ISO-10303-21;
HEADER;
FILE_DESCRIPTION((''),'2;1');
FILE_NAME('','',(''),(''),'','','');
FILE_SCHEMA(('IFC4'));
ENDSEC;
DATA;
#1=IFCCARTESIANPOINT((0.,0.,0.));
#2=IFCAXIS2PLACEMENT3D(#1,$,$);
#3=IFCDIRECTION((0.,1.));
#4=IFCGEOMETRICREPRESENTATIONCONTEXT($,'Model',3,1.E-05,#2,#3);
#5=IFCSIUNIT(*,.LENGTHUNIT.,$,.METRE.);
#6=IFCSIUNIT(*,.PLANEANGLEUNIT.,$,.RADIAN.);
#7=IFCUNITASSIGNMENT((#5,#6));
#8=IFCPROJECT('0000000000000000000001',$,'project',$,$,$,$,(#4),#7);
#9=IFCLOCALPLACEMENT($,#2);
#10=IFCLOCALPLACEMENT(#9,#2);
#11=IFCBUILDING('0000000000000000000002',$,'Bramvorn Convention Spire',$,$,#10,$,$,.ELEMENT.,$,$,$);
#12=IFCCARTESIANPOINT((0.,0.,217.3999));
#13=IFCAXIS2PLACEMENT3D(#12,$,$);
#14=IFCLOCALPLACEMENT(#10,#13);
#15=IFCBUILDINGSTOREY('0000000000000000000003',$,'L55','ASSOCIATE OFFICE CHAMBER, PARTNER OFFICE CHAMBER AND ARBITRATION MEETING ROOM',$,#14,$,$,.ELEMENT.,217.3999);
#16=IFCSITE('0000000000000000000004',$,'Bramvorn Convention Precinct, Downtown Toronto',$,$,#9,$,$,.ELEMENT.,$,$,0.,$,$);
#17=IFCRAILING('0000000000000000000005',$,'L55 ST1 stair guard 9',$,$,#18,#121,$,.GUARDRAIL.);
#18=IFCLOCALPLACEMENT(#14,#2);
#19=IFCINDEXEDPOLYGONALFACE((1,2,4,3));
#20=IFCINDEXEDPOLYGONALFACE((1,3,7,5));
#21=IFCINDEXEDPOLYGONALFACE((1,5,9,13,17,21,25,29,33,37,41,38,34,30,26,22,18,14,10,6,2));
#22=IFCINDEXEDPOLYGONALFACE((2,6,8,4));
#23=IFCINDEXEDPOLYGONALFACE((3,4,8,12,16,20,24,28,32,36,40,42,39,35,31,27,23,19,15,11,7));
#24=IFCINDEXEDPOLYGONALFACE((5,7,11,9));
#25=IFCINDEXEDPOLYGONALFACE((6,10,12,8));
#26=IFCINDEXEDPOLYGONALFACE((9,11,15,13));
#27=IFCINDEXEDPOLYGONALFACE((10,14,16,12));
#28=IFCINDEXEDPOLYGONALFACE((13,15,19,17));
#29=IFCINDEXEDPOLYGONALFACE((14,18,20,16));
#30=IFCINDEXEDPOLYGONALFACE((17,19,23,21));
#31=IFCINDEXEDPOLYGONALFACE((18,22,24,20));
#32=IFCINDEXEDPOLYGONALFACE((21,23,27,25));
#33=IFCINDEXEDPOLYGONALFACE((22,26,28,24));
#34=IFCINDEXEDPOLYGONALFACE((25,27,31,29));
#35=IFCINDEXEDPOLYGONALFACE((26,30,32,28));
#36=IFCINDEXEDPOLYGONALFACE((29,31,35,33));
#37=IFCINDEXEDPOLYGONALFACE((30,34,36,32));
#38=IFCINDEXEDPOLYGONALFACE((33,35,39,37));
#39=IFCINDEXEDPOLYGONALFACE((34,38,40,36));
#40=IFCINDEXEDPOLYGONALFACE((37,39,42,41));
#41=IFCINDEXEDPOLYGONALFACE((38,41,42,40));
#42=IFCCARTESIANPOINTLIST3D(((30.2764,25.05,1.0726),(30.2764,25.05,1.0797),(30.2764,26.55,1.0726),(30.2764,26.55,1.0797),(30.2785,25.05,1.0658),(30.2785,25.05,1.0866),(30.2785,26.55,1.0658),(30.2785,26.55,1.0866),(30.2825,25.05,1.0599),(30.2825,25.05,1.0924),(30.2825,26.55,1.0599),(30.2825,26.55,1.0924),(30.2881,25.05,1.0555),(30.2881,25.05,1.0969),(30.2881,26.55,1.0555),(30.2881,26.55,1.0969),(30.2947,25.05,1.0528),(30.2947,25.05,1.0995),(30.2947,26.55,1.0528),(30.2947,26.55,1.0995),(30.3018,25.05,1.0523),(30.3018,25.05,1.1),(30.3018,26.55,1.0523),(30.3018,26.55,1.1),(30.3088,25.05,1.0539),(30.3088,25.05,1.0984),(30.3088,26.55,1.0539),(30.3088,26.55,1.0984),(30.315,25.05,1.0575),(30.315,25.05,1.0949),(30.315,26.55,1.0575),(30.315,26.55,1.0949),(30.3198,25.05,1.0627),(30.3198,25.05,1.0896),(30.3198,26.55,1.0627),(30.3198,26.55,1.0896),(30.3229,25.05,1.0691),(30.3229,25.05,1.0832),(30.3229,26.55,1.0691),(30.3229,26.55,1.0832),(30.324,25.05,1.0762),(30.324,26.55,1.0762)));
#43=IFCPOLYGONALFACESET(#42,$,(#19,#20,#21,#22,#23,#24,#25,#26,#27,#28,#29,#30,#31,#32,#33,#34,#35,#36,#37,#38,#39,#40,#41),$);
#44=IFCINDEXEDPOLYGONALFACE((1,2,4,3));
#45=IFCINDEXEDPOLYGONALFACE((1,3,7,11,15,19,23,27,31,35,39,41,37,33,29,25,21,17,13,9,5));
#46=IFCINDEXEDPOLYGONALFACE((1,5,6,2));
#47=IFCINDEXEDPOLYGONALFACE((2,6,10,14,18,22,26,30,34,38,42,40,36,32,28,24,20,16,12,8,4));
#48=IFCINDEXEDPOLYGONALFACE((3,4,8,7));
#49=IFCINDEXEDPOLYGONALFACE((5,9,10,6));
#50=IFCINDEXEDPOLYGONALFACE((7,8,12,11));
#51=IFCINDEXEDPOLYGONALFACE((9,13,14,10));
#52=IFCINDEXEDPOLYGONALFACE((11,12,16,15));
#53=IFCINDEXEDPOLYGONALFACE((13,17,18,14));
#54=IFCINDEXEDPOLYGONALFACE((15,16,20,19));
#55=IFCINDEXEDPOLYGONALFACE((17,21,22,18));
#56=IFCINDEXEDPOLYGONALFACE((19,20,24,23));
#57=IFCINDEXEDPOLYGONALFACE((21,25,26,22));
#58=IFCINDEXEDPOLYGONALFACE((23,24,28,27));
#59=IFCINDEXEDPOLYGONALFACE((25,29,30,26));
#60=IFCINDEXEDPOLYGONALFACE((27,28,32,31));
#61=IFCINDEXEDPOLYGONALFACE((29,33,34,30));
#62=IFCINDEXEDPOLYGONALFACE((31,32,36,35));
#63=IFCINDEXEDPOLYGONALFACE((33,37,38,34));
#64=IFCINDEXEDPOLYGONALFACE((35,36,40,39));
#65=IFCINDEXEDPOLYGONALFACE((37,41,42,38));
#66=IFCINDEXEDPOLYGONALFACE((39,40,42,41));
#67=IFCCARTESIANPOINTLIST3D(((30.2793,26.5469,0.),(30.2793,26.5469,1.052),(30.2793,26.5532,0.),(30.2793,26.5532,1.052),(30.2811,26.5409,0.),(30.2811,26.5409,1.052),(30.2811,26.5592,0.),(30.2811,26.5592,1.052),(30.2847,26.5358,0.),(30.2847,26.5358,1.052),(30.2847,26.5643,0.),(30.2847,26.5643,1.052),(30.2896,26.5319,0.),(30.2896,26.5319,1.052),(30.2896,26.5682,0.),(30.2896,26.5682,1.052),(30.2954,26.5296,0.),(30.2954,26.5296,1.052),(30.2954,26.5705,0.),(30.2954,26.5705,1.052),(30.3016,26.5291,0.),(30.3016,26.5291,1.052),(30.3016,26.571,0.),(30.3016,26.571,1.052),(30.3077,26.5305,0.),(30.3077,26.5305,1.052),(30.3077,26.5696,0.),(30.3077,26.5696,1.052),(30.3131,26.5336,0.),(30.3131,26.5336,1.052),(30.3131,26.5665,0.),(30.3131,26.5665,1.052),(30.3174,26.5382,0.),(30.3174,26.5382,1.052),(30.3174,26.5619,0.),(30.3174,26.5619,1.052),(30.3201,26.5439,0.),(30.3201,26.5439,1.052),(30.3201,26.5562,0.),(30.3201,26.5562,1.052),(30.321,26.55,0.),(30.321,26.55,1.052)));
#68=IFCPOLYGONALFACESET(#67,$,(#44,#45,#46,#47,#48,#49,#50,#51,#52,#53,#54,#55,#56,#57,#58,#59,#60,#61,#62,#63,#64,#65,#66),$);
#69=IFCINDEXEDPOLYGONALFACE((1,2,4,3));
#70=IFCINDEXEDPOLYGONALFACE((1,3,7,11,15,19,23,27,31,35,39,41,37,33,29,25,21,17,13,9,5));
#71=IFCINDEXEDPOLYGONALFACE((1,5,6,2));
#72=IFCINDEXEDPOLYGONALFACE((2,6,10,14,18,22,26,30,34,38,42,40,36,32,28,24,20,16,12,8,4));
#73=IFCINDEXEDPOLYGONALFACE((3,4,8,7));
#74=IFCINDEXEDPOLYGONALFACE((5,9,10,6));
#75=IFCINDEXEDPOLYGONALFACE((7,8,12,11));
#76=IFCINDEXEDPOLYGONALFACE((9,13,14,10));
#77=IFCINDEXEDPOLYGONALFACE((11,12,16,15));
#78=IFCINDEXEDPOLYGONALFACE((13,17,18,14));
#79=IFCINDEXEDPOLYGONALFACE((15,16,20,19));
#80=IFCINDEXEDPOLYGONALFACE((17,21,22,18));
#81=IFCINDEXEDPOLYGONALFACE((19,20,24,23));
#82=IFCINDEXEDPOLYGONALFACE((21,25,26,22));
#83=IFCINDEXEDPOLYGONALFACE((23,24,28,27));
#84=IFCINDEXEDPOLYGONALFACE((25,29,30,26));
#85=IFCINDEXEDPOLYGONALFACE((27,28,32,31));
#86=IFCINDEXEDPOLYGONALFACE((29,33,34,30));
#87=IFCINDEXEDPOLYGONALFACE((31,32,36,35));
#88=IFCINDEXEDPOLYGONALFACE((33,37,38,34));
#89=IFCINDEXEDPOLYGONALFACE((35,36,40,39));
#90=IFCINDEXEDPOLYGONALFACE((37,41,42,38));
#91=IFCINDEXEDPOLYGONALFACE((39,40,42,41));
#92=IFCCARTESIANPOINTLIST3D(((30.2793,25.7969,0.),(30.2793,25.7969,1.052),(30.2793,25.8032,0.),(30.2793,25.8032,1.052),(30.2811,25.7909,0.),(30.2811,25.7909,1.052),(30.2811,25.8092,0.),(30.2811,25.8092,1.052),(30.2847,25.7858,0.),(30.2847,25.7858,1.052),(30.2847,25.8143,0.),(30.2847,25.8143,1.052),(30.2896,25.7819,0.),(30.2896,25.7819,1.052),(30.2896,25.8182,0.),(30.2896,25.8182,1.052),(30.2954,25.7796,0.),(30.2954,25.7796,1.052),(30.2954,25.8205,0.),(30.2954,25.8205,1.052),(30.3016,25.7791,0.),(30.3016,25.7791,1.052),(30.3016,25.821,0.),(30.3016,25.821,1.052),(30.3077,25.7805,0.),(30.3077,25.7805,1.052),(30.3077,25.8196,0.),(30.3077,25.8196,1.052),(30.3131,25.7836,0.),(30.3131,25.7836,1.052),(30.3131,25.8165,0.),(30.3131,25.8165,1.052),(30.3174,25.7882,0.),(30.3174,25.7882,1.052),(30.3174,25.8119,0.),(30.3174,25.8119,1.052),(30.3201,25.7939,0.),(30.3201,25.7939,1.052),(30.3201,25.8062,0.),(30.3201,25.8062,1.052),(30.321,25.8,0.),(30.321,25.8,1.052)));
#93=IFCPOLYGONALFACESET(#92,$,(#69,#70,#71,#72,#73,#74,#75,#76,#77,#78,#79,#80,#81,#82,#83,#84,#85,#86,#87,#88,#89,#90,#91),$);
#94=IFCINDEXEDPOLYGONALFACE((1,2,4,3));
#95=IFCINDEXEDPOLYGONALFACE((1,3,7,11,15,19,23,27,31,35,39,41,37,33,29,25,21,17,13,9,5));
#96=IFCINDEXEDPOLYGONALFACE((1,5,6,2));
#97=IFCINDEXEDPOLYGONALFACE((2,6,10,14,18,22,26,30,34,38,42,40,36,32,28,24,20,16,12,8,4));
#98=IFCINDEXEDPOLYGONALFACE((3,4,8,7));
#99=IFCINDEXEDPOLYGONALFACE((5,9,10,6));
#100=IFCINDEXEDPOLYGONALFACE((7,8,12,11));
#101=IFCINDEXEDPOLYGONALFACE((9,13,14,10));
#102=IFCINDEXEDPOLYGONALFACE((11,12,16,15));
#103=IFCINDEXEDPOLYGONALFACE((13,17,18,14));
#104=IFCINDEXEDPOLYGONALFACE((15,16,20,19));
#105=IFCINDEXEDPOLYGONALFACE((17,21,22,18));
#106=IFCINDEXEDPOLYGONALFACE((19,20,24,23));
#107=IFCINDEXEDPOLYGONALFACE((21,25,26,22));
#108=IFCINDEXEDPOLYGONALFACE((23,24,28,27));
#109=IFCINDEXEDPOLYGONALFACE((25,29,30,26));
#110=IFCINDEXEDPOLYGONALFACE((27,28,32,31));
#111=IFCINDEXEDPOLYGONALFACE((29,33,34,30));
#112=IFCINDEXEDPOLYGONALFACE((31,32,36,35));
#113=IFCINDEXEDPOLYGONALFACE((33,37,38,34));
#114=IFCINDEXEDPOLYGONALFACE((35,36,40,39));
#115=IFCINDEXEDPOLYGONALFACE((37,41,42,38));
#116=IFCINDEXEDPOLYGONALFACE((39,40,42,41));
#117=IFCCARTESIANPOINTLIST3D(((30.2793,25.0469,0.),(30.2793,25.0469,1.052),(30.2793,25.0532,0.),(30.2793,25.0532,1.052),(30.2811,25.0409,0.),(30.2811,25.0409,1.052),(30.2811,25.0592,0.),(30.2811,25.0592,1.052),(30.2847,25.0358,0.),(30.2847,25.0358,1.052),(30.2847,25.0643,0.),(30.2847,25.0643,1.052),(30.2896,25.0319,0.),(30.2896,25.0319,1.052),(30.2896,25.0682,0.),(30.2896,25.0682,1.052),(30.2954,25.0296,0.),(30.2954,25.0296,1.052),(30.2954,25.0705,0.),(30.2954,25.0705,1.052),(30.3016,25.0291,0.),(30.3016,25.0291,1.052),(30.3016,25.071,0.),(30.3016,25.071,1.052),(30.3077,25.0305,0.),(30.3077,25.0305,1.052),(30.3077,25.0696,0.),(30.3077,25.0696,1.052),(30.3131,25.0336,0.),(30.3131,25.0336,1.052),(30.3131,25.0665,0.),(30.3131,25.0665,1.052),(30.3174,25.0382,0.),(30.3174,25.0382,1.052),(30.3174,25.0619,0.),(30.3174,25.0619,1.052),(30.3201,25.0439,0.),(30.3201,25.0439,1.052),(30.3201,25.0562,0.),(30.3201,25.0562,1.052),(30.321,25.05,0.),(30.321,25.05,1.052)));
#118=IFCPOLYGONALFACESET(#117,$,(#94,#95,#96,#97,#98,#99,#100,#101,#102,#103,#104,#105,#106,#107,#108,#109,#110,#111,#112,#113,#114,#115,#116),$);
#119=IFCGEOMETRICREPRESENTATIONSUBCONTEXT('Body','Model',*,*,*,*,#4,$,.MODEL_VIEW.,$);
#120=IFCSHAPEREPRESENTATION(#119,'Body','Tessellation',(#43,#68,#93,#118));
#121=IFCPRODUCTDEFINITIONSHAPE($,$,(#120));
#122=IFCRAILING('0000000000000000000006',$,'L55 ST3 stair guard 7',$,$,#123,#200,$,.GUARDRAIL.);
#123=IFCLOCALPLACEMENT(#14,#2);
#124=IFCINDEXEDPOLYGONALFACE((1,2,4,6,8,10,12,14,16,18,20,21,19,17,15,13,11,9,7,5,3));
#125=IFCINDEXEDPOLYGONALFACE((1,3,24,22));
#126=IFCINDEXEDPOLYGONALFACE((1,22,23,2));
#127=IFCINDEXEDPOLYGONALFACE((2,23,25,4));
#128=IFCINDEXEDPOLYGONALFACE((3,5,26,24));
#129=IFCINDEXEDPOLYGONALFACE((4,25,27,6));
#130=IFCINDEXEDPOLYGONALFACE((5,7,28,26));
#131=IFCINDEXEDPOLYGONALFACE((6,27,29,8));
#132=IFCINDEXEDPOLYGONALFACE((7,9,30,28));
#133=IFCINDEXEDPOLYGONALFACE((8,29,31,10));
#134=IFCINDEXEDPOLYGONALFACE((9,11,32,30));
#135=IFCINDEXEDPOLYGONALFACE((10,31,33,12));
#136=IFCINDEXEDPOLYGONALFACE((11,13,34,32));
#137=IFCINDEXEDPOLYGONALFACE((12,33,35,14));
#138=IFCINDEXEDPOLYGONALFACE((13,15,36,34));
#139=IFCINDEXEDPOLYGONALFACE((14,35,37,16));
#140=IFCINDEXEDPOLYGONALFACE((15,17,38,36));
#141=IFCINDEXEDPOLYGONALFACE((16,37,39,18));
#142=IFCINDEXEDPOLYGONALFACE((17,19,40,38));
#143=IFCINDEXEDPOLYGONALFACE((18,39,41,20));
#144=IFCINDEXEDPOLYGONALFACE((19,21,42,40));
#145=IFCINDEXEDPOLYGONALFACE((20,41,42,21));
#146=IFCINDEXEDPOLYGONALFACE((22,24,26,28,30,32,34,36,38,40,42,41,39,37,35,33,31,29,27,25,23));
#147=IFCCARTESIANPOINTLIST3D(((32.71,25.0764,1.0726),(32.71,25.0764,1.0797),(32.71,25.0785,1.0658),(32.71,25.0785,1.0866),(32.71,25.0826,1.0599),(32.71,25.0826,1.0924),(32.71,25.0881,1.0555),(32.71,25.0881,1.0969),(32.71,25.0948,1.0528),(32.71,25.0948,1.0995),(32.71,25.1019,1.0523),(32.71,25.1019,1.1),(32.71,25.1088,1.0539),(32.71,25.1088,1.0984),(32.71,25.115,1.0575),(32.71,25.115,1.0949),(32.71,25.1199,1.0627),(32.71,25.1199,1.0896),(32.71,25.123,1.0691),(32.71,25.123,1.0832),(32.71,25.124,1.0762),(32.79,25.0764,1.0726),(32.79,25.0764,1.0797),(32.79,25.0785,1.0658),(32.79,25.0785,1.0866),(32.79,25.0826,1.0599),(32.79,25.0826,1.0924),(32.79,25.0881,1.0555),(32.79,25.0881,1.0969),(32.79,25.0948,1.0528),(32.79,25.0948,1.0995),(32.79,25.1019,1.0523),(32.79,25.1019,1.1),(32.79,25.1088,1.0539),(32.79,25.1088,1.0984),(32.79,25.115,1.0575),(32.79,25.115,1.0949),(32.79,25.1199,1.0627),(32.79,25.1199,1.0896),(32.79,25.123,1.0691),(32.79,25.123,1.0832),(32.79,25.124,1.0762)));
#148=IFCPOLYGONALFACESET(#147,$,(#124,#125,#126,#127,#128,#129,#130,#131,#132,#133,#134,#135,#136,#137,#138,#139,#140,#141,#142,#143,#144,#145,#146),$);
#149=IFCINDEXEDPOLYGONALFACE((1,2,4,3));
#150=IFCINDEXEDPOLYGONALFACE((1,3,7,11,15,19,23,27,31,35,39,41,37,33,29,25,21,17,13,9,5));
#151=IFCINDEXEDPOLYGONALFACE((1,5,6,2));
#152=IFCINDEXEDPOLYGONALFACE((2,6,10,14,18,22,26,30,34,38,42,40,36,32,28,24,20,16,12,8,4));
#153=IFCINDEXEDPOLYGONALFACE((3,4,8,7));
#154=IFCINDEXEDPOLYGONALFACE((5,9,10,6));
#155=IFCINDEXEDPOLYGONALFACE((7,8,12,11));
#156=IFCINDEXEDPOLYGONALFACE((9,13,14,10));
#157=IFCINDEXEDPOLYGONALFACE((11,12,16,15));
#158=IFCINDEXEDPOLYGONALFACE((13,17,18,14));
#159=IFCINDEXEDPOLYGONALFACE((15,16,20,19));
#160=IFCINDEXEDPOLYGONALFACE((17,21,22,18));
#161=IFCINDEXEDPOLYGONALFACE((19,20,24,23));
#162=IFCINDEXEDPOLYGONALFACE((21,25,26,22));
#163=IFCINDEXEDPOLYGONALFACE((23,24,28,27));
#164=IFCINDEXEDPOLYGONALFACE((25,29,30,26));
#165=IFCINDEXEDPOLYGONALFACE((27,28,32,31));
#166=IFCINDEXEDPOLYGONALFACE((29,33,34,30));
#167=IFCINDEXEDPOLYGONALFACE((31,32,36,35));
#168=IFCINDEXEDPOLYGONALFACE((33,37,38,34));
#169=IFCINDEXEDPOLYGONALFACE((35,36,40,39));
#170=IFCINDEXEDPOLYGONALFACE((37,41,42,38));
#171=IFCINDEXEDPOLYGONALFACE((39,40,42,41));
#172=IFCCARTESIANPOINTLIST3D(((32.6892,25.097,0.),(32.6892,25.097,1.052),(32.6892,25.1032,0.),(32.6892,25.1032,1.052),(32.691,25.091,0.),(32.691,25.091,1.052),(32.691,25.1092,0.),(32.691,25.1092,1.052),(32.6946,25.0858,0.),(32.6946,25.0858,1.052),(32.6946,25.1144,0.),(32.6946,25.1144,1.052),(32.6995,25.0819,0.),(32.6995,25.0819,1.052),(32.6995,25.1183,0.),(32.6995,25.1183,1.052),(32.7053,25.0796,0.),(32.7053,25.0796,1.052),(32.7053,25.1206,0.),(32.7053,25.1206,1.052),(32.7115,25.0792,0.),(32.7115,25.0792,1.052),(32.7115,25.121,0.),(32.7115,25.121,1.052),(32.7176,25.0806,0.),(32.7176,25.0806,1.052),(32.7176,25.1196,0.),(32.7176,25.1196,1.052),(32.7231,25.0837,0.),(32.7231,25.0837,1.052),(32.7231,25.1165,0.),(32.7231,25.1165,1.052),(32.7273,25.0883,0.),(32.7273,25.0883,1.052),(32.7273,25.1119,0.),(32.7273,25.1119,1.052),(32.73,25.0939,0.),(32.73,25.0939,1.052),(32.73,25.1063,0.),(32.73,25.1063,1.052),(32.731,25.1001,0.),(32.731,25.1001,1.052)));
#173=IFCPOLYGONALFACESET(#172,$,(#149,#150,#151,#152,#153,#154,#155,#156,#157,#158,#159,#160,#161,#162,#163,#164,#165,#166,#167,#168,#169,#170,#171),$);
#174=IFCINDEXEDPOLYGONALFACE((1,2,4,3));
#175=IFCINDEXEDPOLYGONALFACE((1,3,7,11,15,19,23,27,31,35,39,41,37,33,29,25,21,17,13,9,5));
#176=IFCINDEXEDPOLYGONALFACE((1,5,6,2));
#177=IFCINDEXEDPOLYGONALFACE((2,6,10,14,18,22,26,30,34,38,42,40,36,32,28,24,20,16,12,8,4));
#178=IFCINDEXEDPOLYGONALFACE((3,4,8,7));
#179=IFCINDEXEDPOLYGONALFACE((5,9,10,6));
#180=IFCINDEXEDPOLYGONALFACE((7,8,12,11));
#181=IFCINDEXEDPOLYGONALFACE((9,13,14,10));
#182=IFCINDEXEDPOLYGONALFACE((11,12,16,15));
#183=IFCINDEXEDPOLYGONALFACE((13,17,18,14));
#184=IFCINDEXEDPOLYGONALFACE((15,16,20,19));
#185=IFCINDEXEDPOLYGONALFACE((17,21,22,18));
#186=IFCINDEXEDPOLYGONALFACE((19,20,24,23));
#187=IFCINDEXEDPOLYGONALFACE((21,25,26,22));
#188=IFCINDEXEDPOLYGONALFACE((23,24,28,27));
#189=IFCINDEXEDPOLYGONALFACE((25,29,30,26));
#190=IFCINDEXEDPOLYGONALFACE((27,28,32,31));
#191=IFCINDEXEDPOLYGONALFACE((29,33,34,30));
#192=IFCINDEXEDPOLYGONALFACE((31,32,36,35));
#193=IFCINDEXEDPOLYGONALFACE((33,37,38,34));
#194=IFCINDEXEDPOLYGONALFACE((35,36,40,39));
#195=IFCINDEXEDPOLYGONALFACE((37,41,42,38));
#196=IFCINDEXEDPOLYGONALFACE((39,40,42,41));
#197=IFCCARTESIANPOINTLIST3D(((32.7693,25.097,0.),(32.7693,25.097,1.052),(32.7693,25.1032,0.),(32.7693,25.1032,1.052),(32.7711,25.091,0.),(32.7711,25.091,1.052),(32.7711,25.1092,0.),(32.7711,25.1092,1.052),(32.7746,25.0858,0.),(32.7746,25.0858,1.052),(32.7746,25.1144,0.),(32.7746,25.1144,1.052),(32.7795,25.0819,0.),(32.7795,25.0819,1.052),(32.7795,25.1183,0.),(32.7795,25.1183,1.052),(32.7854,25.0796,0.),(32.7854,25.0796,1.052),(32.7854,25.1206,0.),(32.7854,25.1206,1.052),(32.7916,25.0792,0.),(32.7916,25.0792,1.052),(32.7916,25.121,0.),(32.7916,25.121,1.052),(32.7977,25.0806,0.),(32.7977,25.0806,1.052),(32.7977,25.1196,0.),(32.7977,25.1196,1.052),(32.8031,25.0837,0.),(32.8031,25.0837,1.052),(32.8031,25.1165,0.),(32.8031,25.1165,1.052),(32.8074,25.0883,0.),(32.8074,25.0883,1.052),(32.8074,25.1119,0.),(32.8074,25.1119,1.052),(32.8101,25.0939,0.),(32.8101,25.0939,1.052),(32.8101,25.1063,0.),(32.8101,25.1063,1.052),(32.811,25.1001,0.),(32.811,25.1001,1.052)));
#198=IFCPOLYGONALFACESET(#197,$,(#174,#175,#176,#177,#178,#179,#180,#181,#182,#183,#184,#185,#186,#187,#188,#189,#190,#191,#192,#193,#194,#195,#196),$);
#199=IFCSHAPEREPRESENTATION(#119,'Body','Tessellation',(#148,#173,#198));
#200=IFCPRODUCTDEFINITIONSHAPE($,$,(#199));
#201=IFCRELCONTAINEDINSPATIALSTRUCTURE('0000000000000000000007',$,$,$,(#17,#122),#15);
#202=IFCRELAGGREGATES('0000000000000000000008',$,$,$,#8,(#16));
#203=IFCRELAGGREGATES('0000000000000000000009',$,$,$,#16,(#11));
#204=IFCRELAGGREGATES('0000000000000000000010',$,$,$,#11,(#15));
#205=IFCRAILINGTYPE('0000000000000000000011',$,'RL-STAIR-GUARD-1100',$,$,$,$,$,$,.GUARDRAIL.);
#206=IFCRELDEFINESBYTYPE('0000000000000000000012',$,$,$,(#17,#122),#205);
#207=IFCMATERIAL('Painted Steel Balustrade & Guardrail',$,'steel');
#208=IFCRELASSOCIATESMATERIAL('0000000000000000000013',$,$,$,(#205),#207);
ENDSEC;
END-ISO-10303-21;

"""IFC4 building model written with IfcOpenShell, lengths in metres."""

from ifc_helpers import new_model, si_unit, direction, frame, origin, origin_2d, place, context, subcontext, project, spatial, circle, extrude, material, type_object, element, save


model = new_model("IFC4")

# Units and contexts
model_context = context("Model", 3, precision=1e-05, world=origin(), true_north=direction((0.0, 1.0)))
body_context = subcontext(model_context, "Body", "Model", "MODEL_VIEW")
ifc_project = project(units=[si_unit("LENGTHUNIT", "METRE"), si_unit("PLANEANGLEUNIT", "RADIAN")], contexts=[model_context])

# Site, building, storey
site_placement = place(None, origin())
site = spatial("IfcSite", under=ifc_project, at=site_placement, Name="Bramvorn Convention Precinct, Downtown Toronto", CompositionType="ELEMENT", RefElevation=0.0)
building_placement = place(site_placement, origin())
building = spatial("IfcBuilding", under=site, at=building_placement, Name="Bramvorn Convention Spire", CompositionType="ELEMENT")
storey_placement = place(building_placement, frame((0.0, 0.0, 217.3999)))
storey = spatial("IfcBuildingStorey", under=building, at=storey_placement, Name="L55", Description="ASSOCIATE OFFICE CHAMBER, PARTNER OFFICE CHAMBER AND ARBITRATION MEETING ROOM", CompositionType="ELEMENT", Elevation=217.3999)

# Railings
ifc_material_1 = material(Name="Painted Steel Balustrade & Guardrail", Category="steel")
railing_type = type_object("IfcRailingType", Name="RL-STAIR-GUARD-1100", PredefinedType="GUARDRAIL", material=ifc_material_1)
for number, where, name in (
    (1, (30.3, 26.55, 0.0), "L55 ST1 stair guard 9"),
):
    element("IfcRailing", number, at=place(storey_placement, frame(where)), inside=storey, type_object=railing_type, Name=name, PredefinedType="GUARDRAIL", context=body_context, shape_type="SweptSolid", body=[
        extrude(circle(Radius=0.0239, at=origin_2d()), frame((0.0, 0.0, 1.0762), z_axis=(0.0, -1.0, 0.0), x_axis=(1.0, 0.0, 0.0)), (0.0, 0.0, 1.0), 1.5),
        extrude(circle(Radius=0.021, at=origin_2d()), origin(), (0.0, 0.0, 1.0), 1.052),
        extrude(circle(Radius=0.021, at=origin_2d()), frame((0.0, -0.75, 0.0)), (0.0, 0.0, 1.0), 1.052),
        extrude(circle(Radius=0.021, at=origin_2d()), frame((0.0, -1.5, 0.0)), (0.0, 0.0, 1.0), 1.052),
    ])
railing_1_placement = place(storey_placement, frame((32.71, 25.1001, 0.0)))
element("IfcRailing", 2, at=railing_1_placement, inside=storey, type_object=railing_type, Name="L55 ST3 stair guard 7", PredefinedType="GUARDRAIL", context=body_context, shape_type="SweptSolid", body=[
    extrude(circle(Radius=0.0239, at=origin_2d()), frame((0.0, 0.0, 1.0762), z_axis=(1.0, 0.0, 0.0), x_axis=(0.0, 1.0, 0.0)), (0.0, 0.0, 1.0), 0.0801),
    extrude(circle(Radius=0.021, at=origin_2d()), origin(), (0.0, 0.0, 1.0), 1.052),
    extrude(circle(Radius=0.021, at=origin_2d()), frame((0.0801, 0.0, 0.0)), (0.0, 0.0, 1.0), 1.052),
])

save(model, "model.ifc")
